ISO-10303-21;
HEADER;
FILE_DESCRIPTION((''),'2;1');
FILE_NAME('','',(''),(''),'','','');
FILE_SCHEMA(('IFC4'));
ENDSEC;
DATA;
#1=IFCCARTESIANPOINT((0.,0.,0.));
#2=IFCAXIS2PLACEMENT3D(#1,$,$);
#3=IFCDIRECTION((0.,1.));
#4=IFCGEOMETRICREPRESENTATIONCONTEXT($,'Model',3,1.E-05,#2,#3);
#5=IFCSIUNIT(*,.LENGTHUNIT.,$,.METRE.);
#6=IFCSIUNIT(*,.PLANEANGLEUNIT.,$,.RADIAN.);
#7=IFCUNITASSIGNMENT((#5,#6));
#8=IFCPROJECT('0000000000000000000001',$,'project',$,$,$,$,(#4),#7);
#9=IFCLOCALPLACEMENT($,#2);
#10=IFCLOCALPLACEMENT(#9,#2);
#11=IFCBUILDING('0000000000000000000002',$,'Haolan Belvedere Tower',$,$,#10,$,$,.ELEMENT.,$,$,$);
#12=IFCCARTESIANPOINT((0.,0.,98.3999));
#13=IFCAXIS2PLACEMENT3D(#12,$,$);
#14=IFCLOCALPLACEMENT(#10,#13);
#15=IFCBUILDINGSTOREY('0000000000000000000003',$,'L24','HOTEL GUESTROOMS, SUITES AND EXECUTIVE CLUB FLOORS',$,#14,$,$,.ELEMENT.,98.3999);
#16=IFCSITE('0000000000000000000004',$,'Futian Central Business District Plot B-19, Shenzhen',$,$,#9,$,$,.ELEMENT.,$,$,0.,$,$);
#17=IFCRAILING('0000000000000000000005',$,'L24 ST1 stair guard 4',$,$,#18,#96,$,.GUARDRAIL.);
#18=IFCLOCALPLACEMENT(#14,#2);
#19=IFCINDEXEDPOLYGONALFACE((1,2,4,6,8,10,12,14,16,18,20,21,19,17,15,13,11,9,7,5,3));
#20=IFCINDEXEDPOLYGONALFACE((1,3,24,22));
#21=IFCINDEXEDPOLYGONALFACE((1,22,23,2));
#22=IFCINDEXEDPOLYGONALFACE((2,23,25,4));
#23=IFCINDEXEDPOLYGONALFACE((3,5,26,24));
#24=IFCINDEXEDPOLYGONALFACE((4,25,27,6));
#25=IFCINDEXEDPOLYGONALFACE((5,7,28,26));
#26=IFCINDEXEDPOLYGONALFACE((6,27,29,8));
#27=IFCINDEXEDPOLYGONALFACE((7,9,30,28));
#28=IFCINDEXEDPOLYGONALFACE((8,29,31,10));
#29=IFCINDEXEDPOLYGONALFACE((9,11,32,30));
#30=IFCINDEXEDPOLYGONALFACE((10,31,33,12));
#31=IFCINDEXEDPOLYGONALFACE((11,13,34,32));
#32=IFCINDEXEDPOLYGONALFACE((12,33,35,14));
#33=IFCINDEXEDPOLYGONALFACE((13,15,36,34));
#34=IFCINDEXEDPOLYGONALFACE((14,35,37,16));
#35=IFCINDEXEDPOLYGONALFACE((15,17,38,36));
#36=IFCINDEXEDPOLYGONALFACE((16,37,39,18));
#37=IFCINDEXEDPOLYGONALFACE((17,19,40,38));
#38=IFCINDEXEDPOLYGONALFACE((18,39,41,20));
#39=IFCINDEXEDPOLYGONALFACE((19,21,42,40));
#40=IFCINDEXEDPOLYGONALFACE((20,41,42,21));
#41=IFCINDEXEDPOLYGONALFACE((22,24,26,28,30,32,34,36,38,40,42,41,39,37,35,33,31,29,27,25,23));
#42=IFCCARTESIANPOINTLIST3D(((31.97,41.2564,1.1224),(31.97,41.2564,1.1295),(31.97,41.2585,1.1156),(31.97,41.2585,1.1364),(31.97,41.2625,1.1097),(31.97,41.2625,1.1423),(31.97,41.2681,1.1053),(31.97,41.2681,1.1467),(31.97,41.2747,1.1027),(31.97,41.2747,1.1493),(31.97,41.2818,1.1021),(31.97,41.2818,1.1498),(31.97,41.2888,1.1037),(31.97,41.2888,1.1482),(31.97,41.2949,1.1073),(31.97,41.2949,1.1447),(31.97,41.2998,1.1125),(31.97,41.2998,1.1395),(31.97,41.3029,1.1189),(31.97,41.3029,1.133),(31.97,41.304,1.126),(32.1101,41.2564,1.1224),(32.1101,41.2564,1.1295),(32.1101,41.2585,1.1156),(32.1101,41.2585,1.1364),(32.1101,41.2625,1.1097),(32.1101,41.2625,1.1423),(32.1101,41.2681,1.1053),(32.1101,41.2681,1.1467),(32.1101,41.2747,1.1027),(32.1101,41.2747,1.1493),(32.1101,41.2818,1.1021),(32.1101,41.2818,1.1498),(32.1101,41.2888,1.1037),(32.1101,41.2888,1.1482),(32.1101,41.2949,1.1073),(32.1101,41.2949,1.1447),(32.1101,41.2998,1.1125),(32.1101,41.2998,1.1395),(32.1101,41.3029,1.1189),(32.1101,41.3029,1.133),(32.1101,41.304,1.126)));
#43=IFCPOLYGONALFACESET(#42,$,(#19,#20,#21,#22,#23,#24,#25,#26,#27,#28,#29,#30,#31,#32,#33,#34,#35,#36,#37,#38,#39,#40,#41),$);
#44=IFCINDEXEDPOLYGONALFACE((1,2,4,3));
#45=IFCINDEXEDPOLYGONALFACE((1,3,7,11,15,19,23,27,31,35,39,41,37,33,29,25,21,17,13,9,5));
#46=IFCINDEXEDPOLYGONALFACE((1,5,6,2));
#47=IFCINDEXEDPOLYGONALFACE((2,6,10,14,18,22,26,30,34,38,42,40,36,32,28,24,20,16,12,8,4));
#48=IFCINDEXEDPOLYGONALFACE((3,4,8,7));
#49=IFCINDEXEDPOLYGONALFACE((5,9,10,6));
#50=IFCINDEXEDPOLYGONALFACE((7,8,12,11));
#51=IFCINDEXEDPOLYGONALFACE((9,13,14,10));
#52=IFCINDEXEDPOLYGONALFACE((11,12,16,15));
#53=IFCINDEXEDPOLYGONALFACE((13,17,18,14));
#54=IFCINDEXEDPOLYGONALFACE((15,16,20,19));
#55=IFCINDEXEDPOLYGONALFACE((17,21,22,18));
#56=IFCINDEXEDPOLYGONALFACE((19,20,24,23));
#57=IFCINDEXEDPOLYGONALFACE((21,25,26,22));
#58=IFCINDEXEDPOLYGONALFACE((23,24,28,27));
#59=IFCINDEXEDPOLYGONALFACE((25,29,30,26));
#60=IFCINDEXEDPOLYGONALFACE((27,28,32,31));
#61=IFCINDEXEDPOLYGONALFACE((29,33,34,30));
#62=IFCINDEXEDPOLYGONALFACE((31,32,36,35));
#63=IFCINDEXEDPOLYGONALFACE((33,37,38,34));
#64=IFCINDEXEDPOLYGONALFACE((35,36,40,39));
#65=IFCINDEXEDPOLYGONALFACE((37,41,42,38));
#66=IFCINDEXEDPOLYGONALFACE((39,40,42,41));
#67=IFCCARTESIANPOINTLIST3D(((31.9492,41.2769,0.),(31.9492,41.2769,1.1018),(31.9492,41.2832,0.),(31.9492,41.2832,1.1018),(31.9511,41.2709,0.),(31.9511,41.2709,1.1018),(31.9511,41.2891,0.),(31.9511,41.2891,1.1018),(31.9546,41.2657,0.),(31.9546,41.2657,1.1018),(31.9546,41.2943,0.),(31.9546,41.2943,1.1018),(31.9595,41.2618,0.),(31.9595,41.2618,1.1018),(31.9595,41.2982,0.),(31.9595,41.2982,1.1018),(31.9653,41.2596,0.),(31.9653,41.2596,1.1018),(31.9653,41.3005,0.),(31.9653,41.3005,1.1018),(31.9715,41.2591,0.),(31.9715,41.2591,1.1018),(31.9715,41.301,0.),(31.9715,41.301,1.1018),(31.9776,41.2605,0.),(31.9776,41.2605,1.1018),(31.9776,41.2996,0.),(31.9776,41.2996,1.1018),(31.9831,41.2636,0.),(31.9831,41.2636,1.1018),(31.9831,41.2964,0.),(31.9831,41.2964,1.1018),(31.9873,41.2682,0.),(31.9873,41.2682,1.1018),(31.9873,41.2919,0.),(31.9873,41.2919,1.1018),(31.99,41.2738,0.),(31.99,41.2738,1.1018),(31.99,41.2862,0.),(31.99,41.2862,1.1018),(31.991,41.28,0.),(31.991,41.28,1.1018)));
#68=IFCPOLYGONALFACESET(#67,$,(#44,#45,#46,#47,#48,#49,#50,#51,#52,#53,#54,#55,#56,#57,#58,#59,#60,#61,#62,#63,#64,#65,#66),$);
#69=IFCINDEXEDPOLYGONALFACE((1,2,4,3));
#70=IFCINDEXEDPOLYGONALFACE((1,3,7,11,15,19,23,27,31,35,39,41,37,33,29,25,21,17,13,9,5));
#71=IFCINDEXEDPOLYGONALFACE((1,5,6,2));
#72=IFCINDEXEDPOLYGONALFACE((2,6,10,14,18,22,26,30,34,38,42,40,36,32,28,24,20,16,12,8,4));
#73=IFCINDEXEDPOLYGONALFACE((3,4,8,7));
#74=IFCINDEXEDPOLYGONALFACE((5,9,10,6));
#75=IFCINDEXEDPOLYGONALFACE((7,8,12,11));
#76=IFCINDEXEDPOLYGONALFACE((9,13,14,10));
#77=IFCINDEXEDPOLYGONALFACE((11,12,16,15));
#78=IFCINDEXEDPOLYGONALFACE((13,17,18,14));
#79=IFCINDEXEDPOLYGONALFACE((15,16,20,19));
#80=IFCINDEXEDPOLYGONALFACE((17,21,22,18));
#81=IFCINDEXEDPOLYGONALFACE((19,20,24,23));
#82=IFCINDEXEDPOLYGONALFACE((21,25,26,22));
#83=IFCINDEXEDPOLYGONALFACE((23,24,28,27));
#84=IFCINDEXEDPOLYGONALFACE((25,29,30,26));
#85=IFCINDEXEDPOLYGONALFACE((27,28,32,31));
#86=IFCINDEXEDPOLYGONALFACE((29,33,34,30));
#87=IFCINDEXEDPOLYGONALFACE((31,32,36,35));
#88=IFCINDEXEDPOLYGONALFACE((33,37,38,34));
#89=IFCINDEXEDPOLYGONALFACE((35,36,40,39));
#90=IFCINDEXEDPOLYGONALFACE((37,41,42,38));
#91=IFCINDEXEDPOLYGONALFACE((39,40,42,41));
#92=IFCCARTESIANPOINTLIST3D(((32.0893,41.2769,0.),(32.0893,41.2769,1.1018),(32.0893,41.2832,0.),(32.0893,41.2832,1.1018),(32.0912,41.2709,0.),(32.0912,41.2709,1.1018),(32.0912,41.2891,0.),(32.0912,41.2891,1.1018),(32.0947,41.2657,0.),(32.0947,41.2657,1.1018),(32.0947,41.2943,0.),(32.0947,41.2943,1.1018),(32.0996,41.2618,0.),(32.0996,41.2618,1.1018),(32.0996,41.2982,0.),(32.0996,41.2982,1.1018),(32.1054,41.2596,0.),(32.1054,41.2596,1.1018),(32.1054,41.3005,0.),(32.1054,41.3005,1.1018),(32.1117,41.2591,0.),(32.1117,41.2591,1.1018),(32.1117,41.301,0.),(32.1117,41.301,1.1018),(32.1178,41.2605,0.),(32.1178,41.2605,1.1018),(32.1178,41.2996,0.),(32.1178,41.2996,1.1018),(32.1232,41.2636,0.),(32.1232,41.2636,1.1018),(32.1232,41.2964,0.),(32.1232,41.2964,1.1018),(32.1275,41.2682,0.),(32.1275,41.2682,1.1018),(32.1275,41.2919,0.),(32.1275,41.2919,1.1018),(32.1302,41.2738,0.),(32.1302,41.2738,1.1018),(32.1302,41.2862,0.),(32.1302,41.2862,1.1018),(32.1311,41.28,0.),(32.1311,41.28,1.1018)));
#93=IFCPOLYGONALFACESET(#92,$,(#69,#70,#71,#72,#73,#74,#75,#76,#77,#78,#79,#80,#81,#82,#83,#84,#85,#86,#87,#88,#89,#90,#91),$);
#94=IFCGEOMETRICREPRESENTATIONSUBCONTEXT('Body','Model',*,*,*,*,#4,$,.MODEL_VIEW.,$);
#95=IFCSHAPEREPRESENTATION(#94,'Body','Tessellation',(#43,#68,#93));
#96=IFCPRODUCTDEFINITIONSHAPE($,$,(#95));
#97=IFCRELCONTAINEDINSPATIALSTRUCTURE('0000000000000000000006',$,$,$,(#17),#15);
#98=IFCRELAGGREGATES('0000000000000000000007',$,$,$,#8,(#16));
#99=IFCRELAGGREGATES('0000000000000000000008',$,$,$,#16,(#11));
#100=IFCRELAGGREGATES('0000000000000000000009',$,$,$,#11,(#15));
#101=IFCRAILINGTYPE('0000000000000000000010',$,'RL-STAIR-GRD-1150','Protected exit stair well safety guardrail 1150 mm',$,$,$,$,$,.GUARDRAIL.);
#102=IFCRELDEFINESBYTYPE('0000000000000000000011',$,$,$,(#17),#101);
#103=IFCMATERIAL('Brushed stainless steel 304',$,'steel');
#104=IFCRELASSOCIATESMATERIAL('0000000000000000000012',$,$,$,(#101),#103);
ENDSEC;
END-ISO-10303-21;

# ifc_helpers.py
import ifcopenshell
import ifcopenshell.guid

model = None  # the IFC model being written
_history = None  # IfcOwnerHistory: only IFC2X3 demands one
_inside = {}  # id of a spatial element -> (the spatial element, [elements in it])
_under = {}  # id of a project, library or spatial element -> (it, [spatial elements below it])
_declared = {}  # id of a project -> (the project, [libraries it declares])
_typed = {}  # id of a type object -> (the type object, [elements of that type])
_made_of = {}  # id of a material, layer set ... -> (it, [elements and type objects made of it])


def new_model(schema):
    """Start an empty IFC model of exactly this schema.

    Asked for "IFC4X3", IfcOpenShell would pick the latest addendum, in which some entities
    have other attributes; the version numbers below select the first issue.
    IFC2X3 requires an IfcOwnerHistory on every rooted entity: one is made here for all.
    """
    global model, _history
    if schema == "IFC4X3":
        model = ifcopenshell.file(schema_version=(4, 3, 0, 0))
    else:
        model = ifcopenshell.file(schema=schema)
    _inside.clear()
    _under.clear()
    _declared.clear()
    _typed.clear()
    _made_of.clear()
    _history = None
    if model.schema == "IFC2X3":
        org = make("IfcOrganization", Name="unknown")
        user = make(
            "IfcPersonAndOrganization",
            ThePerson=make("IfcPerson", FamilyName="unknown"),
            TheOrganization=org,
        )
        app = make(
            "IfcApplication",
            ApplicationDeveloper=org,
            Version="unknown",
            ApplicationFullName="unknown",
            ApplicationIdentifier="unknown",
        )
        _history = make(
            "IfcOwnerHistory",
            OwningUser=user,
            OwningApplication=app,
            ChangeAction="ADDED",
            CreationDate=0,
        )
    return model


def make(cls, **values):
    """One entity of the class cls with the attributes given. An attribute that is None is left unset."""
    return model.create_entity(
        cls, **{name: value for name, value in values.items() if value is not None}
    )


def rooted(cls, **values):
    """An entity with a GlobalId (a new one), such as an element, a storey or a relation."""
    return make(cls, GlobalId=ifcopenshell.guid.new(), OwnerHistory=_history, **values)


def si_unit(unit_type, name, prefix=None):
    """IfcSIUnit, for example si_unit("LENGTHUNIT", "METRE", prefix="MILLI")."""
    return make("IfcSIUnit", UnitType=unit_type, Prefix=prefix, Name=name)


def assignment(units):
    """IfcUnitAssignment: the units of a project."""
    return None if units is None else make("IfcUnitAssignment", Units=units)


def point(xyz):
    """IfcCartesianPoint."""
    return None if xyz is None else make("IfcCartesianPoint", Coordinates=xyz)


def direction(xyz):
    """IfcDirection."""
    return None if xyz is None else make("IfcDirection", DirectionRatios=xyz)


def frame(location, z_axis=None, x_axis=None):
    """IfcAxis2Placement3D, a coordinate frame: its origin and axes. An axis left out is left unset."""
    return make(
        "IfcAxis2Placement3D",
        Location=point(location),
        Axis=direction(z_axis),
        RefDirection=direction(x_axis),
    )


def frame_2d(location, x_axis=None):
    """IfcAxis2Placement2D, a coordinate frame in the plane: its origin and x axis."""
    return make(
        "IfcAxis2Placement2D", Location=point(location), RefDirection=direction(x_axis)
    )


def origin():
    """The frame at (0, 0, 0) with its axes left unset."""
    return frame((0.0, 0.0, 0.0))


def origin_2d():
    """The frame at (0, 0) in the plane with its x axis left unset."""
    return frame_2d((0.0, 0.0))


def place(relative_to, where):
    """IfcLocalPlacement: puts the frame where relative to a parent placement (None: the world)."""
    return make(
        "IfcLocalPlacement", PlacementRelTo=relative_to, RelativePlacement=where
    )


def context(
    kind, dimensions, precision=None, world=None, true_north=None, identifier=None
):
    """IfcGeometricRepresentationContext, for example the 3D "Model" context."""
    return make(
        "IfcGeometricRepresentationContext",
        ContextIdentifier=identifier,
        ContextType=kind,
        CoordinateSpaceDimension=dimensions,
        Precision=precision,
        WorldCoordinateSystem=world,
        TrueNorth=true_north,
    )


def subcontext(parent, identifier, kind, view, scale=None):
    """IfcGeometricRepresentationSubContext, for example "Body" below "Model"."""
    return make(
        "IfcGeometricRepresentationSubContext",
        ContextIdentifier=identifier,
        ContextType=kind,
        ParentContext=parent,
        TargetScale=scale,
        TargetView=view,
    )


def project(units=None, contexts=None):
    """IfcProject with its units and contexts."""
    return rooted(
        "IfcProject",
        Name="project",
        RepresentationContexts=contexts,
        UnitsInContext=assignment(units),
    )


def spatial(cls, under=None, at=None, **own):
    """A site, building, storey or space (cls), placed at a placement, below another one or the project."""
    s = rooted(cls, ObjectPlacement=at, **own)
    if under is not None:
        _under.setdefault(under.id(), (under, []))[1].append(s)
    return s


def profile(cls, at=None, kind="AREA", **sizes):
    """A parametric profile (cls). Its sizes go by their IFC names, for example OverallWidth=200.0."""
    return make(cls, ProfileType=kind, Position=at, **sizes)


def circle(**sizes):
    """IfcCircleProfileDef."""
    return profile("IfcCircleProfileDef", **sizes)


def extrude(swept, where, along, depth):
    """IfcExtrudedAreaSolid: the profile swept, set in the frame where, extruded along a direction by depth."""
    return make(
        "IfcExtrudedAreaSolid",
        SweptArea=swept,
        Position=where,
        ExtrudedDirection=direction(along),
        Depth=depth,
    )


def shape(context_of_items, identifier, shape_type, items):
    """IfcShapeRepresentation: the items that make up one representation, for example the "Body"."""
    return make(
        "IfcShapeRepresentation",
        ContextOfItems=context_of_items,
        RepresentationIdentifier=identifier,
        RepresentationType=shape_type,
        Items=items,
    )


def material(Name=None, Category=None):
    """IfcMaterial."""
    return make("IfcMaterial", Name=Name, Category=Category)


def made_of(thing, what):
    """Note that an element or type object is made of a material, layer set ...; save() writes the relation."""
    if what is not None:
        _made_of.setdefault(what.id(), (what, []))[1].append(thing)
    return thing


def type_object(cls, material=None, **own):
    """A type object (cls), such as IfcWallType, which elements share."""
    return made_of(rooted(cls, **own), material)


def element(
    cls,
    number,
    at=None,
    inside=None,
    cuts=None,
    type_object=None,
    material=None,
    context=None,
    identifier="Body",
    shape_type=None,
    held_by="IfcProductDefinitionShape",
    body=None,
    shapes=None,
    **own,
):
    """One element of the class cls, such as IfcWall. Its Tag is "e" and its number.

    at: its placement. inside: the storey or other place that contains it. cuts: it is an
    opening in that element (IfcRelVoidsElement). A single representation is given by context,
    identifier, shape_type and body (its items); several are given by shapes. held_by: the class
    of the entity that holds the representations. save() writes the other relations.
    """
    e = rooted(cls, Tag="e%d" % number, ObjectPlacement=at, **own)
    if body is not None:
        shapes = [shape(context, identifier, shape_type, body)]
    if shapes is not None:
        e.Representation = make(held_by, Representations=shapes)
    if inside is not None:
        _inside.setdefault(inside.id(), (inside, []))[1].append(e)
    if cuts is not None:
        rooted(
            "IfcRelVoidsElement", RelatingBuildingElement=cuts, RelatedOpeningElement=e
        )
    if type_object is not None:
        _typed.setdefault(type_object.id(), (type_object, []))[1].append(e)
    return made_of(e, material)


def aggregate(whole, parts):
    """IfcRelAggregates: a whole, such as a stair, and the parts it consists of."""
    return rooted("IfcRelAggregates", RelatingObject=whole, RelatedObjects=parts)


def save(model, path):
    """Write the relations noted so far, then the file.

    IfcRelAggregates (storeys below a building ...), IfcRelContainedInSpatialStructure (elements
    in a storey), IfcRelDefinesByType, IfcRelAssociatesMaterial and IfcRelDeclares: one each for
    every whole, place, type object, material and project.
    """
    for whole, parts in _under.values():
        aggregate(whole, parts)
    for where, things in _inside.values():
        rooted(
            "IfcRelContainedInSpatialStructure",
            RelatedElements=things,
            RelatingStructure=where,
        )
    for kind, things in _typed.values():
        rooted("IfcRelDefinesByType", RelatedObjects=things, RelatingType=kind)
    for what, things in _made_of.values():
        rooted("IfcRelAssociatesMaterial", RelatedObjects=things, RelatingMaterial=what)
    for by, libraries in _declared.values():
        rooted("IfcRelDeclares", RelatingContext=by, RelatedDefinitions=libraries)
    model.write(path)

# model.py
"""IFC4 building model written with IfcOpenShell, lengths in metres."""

from ifc_helpers import new_model, si_unit, direction, frame, origin, origin_2d, place, context, subcontext, project, spatial, circle, extrude, material, type_object, element, save


model = new_model("IFC4")

# Units and contexts
model_context = context("Model", 3, precision=1e-05, world=origin(), true_north=direction((0.0, 1.0)))
body_context = subcontext(model_context, "Body", "Model", "MODEL_VIEW")
ifc_project = project(units=[si_unit("LENGTHUNIT", "METRE"), si_unit("PLANEANGLEUNIT", "RADIAN")], contexts=[model_context])

# Site, building, storey
site_placement = place(None, origin())
site = spatial("IfcSite", under=ifc_project, at=site_placement, Name="Futian Central Business District Plot B-19, Shenzhen", CompositionType="ELEMENT", RefElevation=0.0)
building_placement = place(site_placement, origin())
building = spatial("IfcBuilding", under=site, at=building_placement, Name="Haolan Belvedere Tower", CompositionType="ELEMENT")
storey_placement = place(building_placement, frame((0.0, 0.0, 98.3999)))
storey = spatial("IfcBuildingStorey", under=building, at=storey_placement, Name="L24", Description="HOTEL GUESTROOMS, SUITES AND EXECUTIVE CLUB FLOORS", CompositionType="ELEMENT", Elevation=98.3999)

# Railing
ifc_material_1 = material(Name="Brushed stainless steel 304", Category="steel")
railing_type_1 = type_object("IfcRailingType", Name="RL-STAIR-GRD-1150", Description="Protected exit stair well safety guardrail 1150 mm", PredefinedType="GUARDRAIL", material=ifc_material_1)
railing_1_placement = place(storey_placement, frame((31.97, 41.28, 0.0)))
element("IfcRailing", 1, at=railing_1_placement, inside=storey, type_object=railing_type_1, Name="L24 ST1 stair guard 4", PredefinedType="GUARDRAIL", context=body_context, shape_type="SweptSolid", body=[
    extrude(circle(Radius=0.0239, at=origin_2d()), frame((0.0, 0.0, 1.126), z_axis=(1.0, 0.0, 0.0), x_axis=(0.0, 1.0, 0.0)), (0.0, 0.0, 1.0), 0.1401),
    extrude(circle(Radius=0.021, at=origin_2d()), origin(), (0.0, 0.0, 1.0), 1.1018),
    extrude(circle(Radius=0.021, at=origin_2d()), frame((0.1401, 0.0, 0.0)), (0.0, 0.0, 1.0), 1.1018),
])

save(model, "model.ifc")
